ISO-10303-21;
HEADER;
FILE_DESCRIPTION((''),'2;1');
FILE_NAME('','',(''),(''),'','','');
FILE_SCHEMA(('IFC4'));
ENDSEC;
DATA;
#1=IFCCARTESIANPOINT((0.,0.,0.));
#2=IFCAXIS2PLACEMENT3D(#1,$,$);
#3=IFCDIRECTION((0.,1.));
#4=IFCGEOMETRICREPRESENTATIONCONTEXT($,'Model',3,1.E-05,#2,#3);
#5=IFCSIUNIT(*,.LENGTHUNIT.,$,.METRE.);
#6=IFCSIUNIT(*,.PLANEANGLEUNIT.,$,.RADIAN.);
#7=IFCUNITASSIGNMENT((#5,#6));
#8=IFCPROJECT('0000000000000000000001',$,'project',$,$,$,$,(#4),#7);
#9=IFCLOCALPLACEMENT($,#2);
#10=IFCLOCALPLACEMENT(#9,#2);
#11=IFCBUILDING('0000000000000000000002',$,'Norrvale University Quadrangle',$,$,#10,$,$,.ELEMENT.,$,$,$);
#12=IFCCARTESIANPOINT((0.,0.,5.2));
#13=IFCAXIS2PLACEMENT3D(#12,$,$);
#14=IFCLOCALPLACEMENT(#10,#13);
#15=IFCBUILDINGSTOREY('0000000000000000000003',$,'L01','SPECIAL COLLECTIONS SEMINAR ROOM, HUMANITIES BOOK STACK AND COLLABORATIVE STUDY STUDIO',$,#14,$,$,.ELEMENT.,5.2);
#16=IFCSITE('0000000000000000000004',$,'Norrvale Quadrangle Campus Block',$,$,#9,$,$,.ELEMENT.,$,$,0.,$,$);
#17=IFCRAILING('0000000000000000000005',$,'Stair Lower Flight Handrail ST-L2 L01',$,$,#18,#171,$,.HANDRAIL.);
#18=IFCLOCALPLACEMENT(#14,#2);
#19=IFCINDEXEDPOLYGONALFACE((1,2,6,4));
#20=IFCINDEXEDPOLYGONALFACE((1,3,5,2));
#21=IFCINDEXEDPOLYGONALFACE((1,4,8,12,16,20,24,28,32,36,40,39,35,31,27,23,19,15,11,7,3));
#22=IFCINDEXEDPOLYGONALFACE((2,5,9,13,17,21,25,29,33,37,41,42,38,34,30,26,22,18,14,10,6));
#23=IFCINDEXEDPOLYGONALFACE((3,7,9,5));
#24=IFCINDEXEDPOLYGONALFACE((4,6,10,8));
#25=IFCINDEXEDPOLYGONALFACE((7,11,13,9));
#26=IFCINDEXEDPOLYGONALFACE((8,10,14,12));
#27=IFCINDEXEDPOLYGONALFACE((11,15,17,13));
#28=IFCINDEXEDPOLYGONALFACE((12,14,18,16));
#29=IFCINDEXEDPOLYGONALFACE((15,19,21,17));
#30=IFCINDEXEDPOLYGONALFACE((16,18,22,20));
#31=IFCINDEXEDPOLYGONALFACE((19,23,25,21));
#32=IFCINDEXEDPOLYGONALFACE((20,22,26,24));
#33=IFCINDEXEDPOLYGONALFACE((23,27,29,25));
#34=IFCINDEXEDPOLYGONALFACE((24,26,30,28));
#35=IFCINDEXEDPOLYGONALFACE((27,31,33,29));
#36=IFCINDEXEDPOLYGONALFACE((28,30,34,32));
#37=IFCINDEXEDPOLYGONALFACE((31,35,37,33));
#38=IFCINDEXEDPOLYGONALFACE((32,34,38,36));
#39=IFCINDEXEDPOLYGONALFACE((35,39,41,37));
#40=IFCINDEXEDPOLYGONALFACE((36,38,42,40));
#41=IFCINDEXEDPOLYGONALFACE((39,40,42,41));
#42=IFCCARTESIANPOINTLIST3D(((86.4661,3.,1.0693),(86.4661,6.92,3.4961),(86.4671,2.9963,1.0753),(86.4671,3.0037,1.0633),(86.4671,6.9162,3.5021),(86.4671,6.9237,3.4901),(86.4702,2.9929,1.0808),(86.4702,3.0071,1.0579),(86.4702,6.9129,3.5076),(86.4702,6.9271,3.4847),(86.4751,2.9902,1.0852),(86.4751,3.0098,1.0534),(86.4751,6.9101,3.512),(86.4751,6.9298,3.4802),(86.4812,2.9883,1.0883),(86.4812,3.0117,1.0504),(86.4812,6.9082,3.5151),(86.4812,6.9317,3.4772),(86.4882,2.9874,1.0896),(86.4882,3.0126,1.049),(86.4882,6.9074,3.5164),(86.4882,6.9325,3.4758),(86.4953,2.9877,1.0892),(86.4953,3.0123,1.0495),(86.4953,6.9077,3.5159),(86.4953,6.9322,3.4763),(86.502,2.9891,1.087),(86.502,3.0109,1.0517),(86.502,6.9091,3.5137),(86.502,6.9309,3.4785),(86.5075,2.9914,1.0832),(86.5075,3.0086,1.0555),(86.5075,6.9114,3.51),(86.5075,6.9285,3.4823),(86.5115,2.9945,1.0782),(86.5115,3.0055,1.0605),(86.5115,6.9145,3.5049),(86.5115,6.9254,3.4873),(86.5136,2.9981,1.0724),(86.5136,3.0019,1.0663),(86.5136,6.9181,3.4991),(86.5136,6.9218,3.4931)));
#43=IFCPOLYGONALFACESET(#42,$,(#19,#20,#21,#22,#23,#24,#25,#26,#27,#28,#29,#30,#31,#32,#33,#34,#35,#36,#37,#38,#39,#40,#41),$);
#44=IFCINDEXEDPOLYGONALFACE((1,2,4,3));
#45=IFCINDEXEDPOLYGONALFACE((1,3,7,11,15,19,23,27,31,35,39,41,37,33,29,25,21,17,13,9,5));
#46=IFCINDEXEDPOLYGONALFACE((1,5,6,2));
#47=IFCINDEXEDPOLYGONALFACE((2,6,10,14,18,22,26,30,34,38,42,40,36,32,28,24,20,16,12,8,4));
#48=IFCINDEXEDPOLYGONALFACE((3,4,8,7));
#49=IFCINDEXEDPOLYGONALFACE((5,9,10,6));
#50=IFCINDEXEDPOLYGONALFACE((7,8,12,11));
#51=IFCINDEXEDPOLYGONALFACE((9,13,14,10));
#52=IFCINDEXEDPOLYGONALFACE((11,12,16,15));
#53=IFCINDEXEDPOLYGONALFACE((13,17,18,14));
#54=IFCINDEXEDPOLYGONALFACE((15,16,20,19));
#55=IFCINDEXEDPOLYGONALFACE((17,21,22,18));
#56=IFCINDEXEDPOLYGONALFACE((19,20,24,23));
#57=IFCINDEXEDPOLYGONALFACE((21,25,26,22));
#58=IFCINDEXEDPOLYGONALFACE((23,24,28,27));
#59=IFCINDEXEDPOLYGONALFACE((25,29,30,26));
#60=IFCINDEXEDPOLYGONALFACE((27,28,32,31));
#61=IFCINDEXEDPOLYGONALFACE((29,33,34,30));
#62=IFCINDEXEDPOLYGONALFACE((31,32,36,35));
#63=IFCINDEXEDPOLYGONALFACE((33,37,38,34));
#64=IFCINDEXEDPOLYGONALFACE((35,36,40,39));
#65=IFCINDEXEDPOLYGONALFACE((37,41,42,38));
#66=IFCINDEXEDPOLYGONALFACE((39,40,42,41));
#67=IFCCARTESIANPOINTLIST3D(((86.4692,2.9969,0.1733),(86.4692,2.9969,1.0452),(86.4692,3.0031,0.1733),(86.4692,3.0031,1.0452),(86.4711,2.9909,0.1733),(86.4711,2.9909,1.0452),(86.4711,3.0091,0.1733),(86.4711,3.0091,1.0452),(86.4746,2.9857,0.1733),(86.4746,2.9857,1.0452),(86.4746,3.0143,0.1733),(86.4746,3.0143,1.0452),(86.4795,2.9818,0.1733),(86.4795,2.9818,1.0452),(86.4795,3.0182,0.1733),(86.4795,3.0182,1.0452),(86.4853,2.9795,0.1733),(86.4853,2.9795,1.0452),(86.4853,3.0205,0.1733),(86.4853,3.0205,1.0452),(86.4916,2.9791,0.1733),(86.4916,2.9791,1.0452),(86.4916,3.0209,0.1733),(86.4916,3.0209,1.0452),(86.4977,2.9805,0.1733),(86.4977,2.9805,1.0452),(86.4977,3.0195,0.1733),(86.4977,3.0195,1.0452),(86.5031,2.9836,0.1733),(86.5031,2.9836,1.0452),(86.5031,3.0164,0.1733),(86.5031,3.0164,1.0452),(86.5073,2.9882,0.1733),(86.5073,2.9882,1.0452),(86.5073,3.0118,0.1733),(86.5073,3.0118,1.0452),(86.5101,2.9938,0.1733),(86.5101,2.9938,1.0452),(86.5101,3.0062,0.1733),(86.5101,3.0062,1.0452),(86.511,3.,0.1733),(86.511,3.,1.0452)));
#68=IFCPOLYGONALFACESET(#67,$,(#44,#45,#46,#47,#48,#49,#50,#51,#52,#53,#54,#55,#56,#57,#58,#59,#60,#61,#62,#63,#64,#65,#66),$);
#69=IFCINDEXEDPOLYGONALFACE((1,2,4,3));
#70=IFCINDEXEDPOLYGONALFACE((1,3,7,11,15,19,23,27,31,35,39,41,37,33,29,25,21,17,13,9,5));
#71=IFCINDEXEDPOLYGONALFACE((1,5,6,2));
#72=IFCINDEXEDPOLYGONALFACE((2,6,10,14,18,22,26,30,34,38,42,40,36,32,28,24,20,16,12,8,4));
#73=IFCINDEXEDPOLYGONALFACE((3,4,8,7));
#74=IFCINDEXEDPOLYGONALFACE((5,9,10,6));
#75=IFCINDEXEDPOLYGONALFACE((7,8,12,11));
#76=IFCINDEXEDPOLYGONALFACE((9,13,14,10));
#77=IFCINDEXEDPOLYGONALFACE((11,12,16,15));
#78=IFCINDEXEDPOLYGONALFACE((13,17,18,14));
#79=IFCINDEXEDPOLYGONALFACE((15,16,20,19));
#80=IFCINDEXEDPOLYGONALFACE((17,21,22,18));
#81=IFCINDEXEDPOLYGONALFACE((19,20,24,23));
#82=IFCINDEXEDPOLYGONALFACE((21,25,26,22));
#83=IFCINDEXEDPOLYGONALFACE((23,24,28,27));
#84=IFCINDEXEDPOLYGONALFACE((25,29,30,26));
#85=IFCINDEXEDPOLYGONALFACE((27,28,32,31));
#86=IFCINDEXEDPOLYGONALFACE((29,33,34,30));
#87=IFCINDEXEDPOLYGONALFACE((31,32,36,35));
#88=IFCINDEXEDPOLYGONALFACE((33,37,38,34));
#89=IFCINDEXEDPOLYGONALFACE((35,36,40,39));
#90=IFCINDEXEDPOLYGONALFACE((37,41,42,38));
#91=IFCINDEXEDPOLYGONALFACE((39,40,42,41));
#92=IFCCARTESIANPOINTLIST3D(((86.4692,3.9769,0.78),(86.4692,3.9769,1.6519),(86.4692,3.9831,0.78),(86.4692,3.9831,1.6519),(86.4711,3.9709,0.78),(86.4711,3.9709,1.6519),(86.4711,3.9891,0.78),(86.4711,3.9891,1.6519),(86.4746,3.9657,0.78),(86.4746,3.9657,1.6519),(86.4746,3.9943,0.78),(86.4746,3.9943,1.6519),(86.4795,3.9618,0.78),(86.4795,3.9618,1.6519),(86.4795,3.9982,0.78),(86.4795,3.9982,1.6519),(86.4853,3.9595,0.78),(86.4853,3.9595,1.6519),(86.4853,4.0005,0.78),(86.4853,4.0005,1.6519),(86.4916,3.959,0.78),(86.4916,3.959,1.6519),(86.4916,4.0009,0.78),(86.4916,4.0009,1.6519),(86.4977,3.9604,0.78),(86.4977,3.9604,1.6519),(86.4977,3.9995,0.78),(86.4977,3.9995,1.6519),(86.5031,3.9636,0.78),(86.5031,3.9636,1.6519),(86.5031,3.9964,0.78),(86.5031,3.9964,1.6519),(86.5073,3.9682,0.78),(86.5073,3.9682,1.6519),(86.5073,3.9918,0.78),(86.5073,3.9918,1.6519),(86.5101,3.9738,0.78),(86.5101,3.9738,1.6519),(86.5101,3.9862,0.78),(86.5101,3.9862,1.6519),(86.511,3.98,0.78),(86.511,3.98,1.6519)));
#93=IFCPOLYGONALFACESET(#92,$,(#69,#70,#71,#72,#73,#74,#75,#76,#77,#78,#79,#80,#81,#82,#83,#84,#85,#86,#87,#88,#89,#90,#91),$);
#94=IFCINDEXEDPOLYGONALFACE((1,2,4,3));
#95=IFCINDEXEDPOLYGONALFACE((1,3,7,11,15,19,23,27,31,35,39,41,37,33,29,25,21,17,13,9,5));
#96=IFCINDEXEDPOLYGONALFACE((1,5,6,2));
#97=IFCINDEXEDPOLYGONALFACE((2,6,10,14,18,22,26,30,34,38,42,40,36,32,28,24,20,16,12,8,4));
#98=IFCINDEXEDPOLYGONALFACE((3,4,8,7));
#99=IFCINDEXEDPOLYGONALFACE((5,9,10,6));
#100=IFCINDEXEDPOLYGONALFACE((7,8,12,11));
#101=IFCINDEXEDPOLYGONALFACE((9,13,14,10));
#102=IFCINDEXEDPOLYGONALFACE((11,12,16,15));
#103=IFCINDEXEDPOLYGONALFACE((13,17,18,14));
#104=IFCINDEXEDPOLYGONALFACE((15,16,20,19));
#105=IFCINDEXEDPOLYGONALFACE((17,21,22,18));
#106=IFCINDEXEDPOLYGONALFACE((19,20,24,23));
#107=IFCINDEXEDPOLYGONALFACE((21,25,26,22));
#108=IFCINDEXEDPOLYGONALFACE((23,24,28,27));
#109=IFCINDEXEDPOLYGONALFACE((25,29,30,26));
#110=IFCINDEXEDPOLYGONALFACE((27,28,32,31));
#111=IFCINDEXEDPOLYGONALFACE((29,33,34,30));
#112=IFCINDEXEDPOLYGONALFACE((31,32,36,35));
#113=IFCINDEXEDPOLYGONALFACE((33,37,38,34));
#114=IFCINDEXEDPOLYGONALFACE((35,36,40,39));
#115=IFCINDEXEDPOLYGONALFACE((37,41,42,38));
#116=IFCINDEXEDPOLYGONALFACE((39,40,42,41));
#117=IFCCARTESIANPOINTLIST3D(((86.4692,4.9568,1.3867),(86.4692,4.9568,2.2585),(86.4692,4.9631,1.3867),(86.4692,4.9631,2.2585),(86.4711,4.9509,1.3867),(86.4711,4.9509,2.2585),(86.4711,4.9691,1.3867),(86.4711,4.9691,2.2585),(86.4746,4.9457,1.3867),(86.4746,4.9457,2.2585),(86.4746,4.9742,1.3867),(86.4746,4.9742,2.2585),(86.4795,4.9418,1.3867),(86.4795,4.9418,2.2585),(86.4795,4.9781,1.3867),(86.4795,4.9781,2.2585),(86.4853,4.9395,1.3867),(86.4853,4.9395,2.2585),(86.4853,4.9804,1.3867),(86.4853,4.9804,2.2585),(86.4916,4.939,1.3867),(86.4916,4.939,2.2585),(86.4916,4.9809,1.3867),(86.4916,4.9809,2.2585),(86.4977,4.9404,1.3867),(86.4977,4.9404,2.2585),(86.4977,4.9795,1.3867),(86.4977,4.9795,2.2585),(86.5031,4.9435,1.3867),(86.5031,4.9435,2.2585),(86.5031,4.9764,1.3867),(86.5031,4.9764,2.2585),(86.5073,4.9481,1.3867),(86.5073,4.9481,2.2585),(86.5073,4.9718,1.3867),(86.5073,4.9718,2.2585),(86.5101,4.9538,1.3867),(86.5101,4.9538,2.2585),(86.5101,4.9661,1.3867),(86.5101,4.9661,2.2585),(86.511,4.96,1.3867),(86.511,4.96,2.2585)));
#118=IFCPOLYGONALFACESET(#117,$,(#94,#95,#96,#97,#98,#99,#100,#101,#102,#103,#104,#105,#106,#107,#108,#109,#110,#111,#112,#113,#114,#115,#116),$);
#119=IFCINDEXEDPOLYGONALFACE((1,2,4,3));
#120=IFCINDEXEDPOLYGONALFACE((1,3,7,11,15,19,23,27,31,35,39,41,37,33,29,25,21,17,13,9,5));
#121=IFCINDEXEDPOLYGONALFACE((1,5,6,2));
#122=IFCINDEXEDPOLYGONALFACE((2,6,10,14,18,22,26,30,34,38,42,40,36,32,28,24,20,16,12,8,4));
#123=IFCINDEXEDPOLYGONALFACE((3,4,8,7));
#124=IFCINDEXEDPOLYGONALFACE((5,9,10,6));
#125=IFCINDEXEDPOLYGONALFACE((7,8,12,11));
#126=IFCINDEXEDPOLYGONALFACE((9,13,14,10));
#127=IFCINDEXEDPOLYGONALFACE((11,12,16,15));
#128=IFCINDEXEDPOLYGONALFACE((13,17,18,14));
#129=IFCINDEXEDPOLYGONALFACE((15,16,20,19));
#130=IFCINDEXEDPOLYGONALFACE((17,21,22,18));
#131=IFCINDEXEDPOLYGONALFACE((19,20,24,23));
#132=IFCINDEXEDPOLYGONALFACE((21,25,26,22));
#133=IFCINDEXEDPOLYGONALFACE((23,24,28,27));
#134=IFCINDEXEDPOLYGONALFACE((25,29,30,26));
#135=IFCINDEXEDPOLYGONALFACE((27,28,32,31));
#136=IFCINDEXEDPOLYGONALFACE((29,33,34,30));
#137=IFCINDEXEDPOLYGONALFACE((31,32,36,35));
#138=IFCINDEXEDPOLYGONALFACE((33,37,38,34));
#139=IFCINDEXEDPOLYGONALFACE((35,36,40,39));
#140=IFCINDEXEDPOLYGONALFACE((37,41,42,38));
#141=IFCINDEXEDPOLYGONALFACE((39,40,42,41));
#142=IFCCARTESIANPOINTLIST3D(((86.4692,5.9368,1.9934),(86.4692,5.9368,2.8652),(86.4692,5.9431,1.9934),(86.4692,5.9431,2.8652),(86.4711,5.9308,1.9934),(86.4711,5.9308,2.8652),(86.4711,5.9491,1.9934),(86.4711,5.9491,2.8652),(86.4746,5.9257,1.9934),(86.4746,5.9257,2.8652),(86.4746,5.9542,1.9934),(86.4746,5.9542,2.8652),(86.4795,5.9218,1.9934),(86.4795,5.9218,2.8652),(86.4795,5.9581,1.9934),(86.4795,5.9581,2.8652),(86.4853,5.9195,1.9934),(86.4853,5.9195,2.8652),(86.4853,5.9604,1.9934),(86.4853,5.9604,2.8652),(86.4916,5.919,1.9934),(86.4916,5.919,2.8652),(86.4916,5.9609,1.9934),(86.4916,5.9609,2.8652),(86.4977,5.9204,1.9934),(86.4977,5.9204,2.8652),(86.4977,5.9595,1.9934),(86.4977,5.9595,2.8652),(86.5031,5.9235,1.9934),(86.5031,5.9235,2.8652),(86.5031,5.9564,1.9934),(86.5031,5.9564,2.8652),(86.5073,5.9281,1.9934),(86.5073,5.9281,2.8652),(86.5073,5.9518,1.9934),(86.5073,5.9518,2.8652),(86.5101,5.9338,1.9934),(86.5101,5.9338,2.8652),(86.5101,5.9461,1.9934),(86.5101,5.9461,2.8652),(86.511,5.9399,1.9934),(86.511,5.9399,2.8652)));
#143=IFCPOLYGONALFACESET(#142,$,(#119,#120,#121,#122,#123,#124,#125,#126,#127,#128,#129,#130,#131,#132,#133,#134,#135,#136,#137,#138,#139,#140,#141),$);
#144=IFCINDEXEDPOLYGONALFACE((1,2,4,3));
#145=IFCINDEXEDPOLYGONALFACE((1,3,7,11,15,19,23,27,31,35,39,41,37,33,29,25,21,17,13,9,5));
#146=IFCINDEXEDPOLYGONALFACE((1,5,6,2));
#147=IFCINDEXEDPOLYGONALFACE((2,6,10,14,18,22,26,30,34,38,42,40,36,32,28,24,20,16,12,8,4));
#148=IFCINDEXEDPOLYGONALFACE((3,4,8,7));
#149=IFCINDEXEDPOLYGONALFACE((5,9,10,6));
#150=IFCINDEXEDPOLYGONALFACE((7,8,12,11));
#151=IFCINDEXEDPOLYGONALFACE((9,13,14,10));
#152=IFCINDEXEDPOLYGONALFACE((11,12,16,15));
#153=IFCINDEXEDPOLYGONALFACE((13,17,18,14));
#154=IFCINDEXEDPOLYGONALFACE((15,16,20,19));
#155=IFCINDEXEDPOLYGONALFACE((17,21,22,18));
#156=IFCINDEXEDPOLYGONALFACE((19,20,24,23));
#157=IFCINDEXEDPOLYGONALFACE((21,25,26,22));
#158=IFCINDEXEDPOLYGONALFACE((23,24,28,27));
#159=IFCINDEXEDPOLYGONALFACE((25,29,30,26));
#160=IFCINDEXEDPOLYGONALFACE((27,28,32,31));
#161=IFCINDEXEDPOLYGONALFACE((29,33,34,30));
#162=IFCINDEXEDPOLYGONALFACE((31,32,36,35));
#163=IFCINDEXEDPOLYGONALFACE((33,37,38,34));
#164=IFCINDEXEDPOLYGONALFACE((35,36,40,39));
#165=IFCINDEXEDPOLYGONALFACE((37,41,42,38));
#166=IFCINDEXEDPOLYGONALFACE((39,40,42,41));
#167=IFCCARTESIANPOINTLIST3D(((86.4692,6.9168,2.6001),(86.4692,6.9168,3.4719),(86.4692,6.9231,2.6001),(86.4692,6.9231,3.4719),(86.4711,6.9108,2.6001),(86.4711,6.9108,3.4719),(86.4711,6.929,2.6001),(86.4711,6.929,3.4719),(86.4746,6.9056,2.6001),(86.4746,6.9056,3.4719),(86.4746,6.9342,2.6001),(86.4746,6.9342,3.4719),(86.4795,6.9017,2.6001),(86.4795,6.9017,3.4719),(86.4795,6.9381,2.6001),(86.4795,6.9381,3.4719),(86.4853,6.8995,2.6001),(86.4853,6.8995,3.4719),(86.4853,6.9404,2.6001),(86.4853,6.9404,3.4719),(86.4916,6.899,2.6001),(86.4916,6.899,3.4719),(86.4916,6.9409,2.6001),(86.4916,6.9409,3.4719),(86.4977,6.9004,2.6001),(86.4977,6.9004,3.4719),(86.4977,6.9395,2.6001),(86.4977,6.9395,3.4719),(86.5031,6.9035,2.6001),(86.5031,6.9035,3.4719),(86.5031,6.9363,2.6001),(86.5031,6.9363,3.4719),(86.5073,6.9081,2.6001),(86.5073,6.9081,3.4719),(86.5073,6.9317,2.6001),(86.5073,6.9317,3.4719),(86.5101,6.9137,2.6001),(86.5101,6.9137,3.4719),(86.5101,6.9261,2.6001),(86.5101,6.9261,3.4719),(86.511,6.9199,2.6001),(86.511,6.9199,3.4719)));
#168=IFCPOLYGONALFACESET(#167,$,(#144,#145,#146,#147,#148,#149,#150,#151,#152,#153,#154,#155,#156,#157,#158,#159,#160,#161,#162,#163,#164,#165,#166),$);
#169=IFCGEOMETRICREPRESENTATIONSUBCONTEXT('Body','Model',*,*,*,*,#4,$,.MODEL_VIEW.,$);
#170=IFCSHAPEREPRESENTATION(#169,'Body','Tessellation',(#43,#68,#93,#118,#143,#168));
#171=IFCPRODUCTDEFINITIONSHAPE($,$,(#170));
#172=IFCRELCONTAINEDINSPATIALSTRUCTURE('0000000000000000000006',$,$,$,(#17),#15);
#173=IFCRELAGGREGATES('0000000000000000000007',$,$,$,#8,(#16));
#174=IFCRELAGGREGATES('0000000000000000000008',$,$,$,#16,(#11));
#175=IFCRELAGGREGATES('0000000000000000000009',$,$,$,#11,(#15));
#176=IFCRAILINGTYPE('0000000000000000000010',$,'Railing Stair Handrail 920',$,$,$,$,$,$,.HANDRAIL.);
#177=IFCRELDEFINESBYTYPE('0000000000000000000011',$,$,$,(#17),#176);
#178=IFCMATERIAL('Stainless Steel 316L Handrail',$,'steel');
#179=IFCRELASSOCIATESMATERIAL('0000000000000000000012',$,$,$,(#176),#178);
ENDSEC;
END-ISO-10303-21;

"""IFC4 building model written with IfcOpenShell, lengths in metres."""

from ifc_helpers import new_model, si_unit, direction, frame, origin, origin_2d, place, context, subcontext, project, spatial, circle, extrude, material, type_object, element, save


model = new_model("IFC4")

# Units and contexts
model_context = context("Model", 3, precision=1e-05, world=origin(), true_north=direction((0.0, 1.0)))
body_context = subcontext(model_context, "Body", "Model", "MODEL_VIEW")
ifc_project = project(units=[si_unit("LENGTHUNIT", "METRE"), si_unit("PLANEANGLEUNIT", "RADIAN")], contexts=[model_context])

# Site, building, storey
site_placement = place(None, origin())
site = spatial("IfcSite", under=ifc_project, at=site_placement, Name="Norrvale Quadrangle Campus Block", CompositionType="ELEMENT", RefElevation=0.0)
building_placement = place(site_placement, origin())
building = spatial("IfcBuilding", under=site, at=building_placement, Name="Norrvale University Quadrangle", CompositionType="ELEMENT")
storey_placement = place(building_placement, frame((0.0, 0.0, 5.2)))
storey = spatial("IfcBuildingStorey", under=building, at=storey_placement, Name="L01", Description="SPECIAL COLLECTIONS SEMINAR ROOM, HUMANITIES BOOK STACK AND COLLABORATIVE STUDY STUDIO", CompositionType="ELEMENT", Elevation=5.2)

# Railing
ifc_material_1 = material(Name="Stainless Steel 316L Handrail", Category="steel")
railing_type_1 = type_object("IfcRailingType", Name="Railing Stair Handrail 920", PredefinedType="HANDRAIL", material=ifc_material_1)
railing_1_placement = place(storey_placement, frame((86.49, 3.0, 0.1733)))
element("IfcRailing", 1, at=railing_1_placement, inside=storey, type_object=railing_type_1, Name="Stair Lower Flight Handrail ST-L2 L01", PredefinedType="HANDRAIL", context=body_context, shape_type="SweptSolid", body=[
    extrude(circle(Radius=0.0239, at=origin_2d()), frame((0.0, 0.0, 0.896), z_axis=(0.0, 0.850252, 0.526376), x_axis=(-1.0, 0.0, 0.0)), (0.0, 0.0, 1.0), 4.6104),
    extrude(circle(Radius=0.021, at=origin_2d()), origin(), (0.0, 0.0, 1.0), 0.8718),
    extrude(circle(Radius=0.021, at=origin_2d()), frame((0.0, 0.98, 0.6067)), (0.0, 0.0, 1.0), 0.8718),
    extrude(circle(Radius=0.021, at=origin_2d()), frame((0.0, 1.96, 1.2134)), (0.0, 0.0, 1.0), 0.8718),
    extrude(circle(Radius=0.021, at=origin_2d()), frame((0.0, 2.9399, 1.8201)), (0.0, 0.0, 1.0), 0.8718),
    extrude(circle(Radius=0.021, at=origin_2d()), frame((0.0, 3.9199, 2.4268)), (0.0, 0.0, 1.0), 0.8718),
])

save(model, "model.ifc")
